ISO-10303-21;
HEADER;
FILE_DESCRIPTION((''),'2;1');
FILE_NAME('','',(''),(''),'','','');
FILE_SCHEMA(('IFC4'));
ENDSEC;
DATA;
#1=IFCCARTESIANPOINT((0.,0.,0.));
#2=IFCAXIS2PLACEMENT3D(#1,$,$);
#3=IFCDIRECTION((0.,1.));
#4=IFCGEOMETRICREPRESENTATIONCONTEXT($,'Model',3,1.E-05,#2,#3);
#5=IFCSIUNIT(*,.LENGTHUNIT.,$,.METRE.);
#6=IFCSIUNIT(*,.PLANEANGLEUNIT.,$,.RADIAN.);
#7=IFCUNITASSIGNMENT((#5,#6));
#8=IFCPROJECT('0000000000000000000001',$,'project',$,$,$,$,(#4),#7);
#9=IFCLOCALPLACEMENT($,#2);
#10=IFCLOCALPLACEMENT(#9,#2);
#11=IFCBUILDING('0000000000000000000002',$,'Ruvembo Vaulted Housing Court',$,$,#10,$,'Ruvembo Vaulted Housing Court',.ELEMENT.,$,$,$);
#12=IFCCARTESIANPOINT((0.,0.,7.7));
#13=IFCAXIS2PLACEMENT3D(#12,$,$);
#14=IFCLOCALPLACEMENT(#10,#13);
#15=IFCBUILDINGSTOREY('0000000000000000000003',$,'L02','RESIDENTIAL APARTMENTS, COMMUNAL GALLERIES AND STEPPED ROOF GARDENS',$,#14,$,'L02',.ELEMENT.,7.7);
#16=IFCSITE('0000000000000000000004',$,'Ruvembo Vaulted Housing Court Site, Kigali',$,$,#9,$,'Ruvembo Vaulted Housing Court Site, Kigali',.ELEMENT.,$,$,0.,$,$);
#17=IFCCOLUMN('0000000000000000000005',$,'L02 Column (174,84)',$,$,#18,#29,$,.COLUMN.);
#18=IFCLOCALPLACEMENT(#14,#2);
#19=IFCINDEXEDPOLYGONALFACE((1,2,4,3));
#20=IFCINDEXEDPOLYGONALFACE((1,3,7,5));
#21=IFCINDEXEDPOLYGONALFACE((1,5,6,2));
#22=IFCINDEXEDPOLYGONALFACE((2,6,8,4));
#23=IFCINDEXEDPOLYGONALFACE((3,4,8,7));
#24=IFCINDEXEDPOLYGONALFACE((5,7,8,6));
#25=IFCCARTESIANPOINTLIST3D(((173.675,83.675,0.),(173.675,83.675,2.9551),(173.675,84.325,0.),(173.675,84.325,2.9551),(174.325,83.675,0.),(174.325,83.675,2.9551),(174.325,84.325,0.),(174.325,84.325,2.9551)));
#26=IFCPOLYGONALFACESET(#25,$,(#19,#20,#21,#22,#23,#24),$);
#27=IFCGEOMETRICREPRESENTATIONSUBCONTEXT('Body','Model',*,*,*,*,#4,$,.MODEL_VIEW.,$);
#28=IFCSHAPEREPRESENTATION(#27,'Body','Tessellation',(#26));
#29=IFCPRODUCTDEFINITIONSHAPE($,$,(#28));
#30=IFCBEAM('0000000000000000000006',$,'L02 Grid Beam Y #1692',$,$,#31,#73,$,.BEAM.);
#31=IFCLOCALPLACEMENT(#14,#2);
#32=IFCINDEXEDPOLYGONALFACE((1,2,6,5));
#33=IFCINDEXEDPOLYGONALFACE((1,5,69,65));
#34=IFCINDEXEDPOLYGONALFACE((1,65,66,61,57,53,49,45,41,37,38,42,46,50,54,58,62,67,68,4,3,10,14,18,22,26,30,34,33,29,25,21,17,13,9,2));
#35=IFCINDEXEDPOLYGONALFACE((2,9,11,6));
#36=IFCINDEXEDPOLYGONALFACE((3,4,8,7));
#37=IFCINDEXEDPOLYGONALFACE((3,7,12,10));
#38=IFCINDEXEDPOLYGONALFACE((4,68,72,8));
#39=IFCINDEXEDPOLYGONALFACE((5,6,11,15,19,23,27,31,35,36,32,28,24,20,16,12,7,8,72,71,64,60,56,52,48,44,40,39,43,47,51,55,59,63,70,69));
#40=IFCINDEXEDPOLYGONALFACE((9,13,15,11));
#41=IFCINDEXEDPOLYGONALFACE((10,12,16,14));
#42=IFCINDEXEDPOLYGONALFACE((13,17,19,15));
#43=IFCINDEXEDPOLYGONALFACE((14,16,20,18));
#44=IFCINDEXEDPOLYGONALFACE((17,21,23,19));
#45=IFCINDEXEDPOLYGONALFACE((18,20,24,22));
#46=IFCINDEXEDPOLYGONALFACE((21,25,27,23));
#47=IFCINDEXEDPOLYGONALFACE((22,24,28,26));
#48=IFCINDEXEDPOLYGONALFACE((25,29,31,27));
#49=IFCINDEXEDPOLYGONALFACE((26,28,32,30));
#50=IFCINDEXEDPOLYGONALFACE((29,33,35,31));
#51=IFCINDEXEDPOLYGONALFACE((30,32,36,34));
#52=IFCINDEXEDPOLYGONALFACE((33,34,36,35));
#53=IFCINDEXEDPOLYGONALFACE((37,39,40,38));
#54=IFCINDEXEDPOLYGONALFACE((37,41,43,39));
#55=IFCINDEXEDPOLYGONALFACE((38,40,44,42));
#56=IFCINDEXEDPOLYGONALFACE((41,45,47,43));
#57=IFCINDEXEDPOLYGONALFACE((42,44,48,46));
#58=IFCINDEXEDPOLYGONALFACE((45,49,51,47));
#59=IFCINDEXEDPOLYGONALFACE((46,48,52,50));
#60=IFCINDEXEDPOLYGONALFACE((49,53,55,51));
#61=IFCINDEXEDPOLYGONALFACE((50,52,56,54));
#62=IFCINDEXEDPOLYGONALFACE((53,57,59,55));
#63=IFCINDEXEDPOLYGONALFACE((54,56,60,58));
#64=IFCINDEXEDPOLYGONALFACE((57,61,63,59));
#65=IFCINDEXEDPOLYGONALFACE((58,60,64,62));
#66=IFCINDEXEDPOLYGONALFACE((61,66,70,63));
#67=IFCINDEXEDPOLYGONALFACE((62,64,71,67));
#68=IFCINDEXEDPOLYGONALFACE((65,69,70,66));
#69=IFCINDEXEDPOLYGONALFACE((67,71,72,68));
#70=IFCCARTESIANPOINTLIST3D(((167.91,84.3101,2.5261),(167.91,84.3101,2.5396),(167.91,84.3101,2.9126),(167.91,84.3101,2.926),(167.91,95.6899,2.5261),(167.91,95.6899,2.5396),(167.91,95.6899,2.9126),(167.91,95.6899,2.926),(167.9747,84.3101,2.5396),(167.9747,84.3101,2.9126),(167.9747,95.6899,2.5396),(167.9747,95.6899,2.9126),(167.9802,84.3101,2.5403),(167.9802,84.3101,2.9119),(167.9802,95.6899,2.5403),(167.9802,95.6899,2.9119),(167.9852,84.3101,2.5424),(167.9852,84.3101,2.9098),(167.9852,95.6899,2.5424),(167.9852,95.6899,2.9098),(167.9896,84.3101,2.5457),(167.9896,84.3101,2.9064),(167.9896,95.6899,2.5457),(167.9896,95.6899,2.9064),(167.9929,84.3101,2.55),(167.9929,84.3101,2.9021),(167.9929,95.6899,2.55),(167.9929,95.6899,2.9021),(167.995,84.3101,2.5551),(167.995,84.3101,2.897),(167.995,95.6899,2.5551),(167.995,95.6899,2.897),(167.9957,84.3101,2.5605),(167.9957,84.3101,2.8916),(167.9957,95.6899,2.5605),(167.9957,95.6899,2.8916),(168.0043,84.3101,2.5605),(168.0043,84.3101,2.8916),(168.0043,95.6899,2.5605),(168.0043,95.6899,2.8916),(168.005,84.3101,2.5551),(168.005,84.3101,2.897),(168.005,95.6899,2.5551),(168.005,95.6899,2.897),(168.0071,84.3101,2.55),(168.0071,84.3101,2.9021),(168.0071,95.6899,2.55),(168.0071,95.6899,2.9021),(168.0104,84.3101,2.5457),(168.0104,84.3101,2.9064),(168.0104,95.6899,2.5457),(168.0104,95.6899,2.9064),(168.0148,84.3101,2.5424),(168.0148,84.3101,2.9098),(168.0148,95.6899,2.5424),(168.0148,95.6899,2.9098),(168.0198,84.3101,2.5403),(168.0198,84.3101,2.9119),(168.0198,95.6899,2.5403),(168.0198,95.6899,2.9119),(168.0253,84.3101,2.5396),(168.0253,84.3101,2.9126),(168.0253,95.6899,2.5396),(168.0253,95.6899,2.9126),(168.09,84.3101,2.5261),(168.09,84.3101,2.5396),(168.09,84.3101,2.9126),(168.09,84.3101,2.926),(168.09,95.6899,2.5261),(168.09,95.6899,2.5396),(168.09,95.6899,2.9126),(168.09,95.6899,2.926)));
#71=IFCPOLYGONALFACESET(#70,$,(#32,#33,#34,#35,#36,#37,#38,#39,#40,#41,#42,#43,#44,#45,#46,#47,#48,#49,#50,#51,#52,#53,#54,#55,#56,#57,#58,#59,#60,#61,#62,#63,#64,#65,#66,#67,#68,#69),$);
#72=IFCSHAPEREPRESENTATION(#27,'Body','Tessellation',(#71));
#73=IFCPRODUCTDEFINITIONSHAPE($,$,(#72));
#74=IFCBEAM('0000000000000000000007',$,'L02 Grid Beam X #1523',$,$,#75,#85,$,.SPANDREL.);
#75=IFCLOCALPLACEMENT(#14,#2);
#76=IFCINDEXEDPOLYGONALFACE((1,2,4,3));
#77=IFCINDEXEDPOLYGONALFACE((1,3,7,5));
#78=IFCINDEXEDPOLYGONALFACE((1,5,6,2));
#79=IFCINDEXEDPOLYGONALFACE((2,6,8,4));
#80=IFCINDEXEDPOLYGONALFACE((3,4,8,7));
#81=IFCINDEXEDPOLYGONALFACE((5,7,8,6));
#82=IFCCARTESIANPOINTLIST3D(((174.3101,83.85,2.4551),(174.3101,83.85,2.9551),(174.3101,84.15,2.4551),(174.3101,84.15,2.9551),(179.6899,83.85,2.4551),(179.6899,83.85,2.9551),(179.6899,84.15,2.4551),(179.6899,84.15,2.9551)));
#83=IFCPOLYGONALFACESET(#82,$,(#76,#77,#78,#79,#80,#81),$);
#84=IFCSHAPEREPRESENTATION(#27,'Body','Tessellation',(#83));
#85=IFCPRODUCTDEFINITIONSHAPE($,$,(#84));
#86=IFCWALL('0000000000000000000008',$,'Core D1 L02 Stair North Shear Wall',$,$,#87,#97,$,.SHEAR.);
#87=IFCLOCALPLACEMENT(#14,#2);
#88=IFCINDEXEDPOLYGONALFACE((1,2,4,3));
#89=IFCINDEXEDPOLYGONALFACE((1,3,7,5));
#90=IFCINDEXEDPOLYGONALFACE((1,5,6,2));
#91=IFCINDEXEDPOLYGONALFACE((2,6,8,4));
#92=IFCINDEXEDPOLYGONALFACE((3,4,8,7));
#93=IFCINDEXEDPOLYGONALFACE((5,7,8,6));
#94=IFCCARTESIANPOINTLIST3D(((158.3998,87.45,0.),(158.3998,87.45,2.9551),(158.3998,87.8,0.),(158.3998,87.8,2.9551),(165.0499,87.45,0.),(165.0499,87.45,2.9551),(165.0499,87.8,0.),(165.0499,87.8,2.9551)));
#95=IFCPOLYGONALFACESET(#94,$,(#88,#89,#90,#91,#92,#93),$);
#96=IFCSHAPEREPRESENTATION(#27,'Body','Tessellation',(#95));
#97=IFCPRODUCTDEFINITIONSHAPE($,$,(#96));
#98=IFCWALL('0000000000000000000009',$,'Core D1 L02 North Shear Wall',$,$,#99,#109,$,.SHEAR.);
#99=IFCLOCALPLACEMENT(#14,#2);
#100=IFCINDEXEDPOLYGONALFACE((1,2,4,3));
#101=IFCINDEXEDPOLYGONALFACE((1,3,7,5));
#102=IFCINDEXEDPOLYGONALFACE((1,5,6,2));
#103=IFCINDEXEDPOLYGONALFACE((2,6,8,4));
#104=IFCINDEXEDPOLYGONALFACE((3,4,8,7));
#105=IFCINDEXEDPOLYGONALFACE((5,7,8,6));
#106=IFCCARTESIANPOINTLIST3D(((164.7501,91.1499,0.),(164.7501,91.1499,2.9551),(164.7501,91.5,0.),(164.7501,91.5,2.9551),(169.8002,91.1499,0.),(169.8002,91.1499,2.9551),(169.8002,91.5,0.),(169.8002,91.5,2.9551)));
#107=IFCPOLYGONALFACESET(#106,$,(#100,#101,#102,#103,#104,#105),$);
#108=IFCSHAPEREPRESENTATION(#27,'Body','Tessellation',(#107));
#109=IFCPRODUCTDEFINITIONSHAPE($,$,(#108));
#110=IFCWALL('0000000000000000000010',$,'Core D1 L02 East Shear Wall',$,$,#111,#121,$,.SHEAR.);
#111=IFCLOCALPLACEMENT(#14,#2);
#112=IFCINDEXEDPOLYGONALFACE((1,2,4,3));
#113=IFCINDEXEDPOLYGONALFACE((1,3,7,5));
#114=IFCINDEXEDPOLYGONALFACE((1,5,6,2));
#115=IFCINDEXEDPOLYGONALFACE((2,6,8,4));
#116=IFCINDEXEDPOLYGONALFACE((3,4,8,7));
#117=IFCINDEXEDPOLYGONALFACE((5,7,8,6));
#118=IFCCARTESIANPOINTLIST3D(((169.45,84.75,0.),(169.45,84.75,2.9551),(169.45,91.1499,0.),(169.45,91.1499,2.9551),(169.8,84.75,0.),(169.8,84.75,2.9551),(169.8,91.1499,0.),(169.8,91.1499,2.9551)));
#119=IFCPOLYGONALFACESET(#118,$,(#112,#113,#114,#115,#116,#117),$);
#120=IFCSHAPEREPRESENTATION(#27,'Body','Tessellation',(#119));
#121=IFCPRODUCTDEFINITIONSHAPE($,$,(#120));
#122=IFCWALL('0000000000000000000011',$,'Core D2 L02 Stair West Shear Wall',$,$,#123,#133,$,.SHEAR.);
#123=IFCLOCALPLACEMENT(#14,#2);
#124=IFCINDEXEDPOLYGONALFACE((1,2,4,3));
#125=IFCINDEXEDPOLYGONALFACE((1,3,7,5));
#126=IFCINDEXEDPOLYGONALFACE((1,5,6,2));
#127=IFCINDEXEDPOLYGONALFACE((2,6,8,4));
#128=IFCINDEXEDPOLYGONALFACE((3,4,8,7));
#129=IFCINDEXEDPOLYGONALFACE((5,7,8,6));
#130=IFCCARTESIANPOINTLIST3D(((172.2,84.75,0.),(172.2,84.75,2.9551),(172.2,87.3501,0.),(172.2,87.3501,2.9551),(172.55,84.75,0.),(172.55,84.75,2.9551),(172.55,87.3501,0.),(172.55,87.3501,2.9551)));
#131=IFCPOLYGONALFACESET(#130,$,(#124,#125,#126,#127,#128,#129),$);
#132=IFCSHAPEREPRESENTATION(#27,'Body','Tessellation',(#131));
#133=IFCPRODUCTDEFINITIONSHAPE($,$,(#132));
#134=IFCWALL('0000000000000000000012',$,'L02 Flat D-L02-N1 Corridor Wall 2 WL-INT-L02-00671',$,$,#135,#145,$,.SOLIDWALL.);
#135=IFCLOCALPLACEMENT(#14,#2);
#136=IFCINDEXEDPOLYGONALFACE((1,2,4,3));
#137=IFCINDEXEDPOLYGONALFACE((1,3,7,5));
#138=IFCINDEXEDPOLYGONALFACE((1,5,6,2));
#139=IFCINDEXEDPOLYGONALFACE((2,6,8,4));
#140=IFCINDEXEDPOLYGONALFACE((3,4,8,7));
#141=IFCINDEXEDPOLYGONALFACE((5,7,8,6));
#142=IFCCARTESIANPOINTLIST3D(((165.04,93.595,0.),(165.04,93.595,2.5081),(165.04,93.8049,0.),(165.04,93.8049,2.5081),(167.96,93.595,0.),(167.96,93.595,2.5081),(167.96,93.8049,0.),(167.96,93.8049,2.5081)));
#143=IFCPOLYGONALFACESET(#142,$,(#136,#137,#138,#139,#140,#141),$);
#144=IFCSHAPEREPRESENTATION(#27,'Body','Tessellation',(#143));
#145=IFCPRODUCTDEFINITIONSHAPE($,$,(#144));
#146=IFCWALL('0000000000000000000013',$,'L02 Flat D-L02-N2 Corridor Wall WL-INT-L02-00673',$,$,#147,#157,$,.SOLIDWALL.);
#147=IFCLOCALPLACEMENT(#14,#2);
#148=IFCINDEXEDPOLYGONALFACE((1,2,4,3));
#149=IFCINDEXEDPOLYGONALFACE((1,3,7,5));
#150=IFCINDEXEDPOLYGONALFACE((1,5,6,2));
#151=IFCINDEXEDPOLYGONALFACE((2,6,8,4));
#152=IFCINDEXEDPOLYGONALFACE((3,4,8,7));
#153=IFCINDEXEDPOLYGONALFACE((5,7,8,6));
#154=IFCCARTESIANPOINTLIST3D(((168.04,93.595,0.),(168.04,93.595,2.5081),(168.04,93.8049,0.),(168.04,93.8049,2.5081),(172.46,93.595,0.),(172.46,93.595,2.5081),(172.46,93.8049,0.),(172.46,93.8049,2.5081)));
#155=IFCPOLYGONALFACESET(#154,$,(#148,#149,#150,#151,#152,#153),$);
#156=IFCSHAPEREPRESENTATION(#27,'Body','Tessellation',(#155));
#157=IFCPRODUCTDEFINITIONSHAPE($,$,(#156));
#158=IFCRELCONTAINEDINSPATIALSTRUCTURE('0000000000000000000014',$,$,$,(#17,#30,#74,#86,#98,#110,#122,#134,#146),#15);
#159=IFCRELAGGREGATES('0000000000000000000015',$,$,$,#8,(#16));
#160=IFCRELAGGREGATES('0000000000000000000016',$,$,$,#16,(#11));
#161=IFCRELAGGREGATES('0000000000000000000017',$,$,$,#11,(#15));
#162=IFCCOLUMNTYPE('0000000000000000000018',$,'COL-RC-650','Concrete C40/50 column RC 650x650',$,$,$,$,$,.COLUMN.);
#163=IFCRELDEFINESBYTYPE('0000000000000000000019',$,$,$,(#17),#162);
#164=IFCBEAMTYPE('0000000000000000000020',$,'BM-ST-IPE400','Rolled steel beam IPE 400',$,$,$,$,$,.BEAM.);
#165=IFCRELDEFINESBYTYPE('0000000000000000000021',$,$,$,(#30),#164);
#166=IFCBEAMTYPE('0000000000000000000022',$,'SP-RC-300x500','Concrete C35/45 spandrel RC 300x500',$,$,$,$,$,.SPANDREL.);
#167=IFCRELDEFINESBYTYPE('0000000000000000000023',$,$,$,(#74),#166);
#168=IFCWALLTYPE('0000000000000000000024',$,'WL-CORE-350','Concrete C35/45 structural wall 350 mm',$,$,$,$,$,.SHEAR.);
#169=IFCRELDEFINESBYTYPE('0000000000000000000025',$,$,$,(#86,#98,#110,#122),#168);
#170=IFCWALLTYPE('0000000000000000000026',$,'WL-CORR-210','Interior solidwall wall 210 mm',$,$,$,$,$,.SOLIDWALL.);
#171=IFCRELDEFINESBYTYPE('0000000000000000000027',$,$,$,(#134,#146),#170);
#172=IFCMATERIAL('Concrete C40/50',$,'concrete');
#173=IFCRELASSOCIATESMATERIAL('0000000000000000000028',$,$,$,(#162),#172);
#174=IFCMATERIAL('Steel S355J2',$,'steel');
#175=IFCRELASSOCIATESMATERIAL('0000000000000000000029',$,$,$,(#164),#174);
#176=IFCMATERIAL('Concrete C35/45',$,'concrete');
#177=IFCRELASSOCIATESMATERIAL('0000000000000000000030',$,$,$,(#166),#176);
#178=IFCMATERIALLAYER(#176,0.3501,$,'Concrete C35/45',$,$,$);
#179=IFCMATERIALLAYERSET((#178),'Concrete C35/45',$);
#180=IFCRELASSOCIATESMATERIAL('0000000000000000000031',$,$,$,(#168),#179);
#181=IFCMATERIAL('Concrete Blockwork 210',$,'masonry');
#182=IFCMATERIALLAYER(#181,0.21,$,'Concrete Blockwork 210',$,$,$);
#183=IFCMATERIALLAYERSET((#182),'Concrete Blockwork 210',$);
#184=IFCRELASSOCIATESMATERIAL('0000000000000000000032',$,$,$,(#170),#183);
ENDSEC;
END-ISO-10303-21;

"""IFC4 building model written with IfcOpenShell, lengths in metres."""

from ifc_helpers import new_model, si_unit, direction, frame, frame_2d, origin, origin_2d, place, context, subcontext, project, spatial, rectangle, i_section, extrude, material, layer, layer_set, material_profile, profile_set, type_object, element, save


model = new_model("IFC4")

# Units and contexts
model_context = context("Model", 3, precision=1e-05, world=origin(), true_north=direction((0.0, 1.0)))
body_context = subcontext(model_context, "Body", "Model", "MODEL_VIEW")
ifc_project = project(units=[si_unit("LENGTHUNIT", "METRE"), si_unit("PLANEANGLEUNIT", "RADIAN")], contexts=[model_context])

# Site, building, storey
site_placement = place(None, origin())
site = spatial("IfcSite", under=ifc_project, at=site_placement, Name="Ruvembo Vaulted Housing Court Site, Kigali", LongName="Ruvembo Vaulted Housing Court Site, Kigali", CompositionType="ELEMENT", RefElevation=0.0)
building_placement = place(site_placement, origin())
building = spatial("IfcBuilding", under=site, at=building_placement, Name="Ruvembo Vaulted Housing Court", LongName="Ruvembo Vaulted Housing Court", CompositionType="ELEMENT")
storey_placement = place(building_placement, frame((0.0, 0.0, 7.7)))
storey = spatial("IfcBuildingStorey", under=building, at=storey_placement, Name="L02", Description="RESIDENTIAL APARTMENTS, COMMUNAL GALLERIES AND STEPPED ROOF GARDENS", LongName="L02", CompositionType="ELEMENT", Elevation=7.7)

# Column
ifc_material_1 = material(Name="Concrete C40/50", Category="concrete")
ifc_material_profile_1 = material_profile(ifc_material_1, rectangle(XDim=0.6499, YDim=0.6499, at=origin_2d()), Name="RC 650x650")
ifc_profile_set_1 = profile_set([ifc_material_profile_1], Name="Concrete C40/50")
column_type = type_object("IfcColumnType", Name="COL-RC-650", Description="Concrete C40/50 column RC 650x650", PredefinedType="COLUMN", material=ifc_profile_set_1)
column_placement = place(storey_placement, frame((174.0, 84.0, 0.0), z_axis=(0.0, 0.0, 1.0), x_axis=(1.0, 0.0, 0.0)))
element("IfcColumn", 1, at=column_placement, inside=storey, type_object=column_type, Name="L02 Column (174,84)", PredefinedType="COLUMN", context=body_context, shape_type="SweptSolid", body=[
    extrude(rectangle(XDim=0.6499, YDim=0.6499, at=origin_2d()), origin(), (0.0, 0.0, 1.0), 2.9551),
])

# Beams
ifc_material_2 = material(Name="Steel S355J2", Category="steel")
ifc_material_profile_2 = material_profile(ifc_material_2, i_section(OverallWidth=0.1799, OverallDepth=0.3999, WebThickness=0.0085, FlangeThickness=0.0134, FilletRadius=0.021, at=origin_2d()), Name="IPE 400")
ifc_profile_set_2 = profile_set([ifc_material_profile_2], Name="Steel S355J2")
beam_type_1 = type_object("IfcBeamType", Name="BM-ST-IPE400", Description="Rolled steel beam IPE 400", PredefinedType="BEAM", material=ifc_profile_set_2)
beam_1_placement = place(storey_placement, frame((168.0, 84.3101, 2.7261), z_axis=(0.0, 1.0, 0.0), x_axis=(-1.0, 0.0, 0.0)))
element("IfcBeam", 2, at=beam_1_placement, inside=storey, type_object=beam_type_1, Name="L02 Grid Beam Y #1692", PredefinedType="BEAM", context=body_context, shape_type="SweptSolid", body=[
    extrude(i_section(OverallWidth=0.1799, OverallDepth=0.3999, WebThickness=0.0085, FlangeThickness=0.0134, FilletRadius=0.021, at=origin_2d()), origin(), (0.0, 0.0, 1.0), 11.3799),
])
ifc_material_3 = material(Name="Concrete C35/45", Category="concrete")
ifc_material_profile_3 = material_profile(ifc_material_3, rectangle(XDim=0.3, YDim=0.5, at=origin_2d()), Name="RC 300x500")
ifc_profile_set_3 = profile_set([ifc_material_profile_3], Name="Concrete C35/45")
beam_type_2 = type_object("IfcBeamType", Name="SP-RC-300x500", Description="Concrete C35/45 spandrel RC 300x500", PredefinedType="SPANDREL", material=ifc_profile_set_3)
beam_2_placement = place(storey_placement, frame((174.3101, 84.0, 2.7051), z_axis=(1.0, 0.0, 0.0), x_axis=(0.0, 1.0, 0.0)))
element("IfcBeam", 3, at=beam_2_placement, inside=storey, type_object=beam_type_2, Name="L02 Grid Beam X #1523", PredefinedType="SPANDREL", context=body_context, shape_type="SweptSolid", body=[
    extrude(rectangle(XDim=0.3, YDim=0.5, at=origin_2d()), origin(), (0.0, 0.0, 1.0), 5.3799),
])

# Walls
ifc_layer_1 = layer(ifc_material_3, 0.3501, Name="Concrete C35/45")
ifc_layer_set_1 = layer_set([ifc_layer_1], Name="Concrete C35/45")
wall_type_1 = type_object("IfcWallType", Name="WL-CORE-350", Description="Concrete C35/45 structural wall 350 mm", PredefinedType="SHEAR", material=ifc_layer_set_1)
wall_1_placement = place(storey_placement, frame((165.05, 87.625, 0.0), z_axis=(0.0, 0.0, 1.0), x_axis=(-1.0, 0.0, 0.0)))
element("IfcWall", 4, at=wall_1_placement, inside=storey, type_object=wall_type_1, Name="Core D1 L02 Stair North Shear Wall", PredefinedType="SHEAR", context=body_context, shape_type="SweptSolid", body=[
    extrude(rectangle(XDim=6.6501, YDim=0.3501, at=frame_2d((3.3252, 0.0))), origin(), (0.0, 0.0, 1.0), 2.9551),
])
wall_2_placement = place(storey_placement, frame((169.8, 91.325, 0.0), z_axis=(0.0, 0.0, 1.0), x_axis=(-1.0, 0.0, 0.0)))
element("IfcWall", 5, at=wall_2_placement, inside=storey, type_object=wall_type_1, Name="Core D1 L02 North Shear Wall", PredefinedType="SHEAR", context=body_context, shape_type="SweptSolid", body=[
    extrude(rectangle(XDim=5.05, YDim=0.3501, at=frame_2d((2.5249, 0.0))), origin(), (0.0, 0.0, 1.0), 2.9551),
])
wall_3_placement = place(storey_placement, frame((169.625, 84.75, 0.0), z_axis=(0.0, 0.0, 1.0), x_axis=(0.0, 1.0, 0.0)))
element("IfcWall", 6, at=wall_3_placement, inside=storey, type_object=wall_type_1, Name="Core D1 L02 East Shear Wall", PredefinedType="SHEAR", context=body_context, shape_type="SweptSolid", body=[
    extrude(rectangle(XDim=6.3999, YDim=0.3501, at=frame_2d((3.2, 0.0))), origin(), (0.0, 0.0, 1.0), 2.9551),
])

# Walls
wall_4_placement = place(storey_placement, frame((172.375, 87.3501, 0.0), z_axis=(0.0, 0.0, 1.0), x_axis=(0.0, -1.0, 0.0)))
element("IfcWall", 7, at=wall_4_placement, inside=storey, type_object=wall_type_1, Name="Core D2 L02 Stair West Shear Wall", PredefinedType="SHEAR", context=body_context, shape_type="SweptSolid", body=[
    extrude(rectangle(XDim=2.6001, YDim=0.3501, at=frame_2d((1.3, 0.0))), origin(), (0.0, 0.0, 1.0), 2.9551),
])
ifc_material_4 = material(Name="Concrete Blockwork 210", Category="masonry")
ifc_layer_2 = layer(ifc_material_4, 0.21, Name="Concrete Blockwork 210")
ifc_layer_set_2 = layer_set([ifc_layer_2], Name="Concrete Blockwork 210")
wall_type_2 = type_object("IfcWallType", Name="WL-CORR-210", Description="Interior solidwall wall 210 mm", PredefinedType="SOLIDWALL", material=ifc_layer_set_2)
wall_5_placement = place(storey_placement, frame((165.04, 93.7, 0.0), z_axis=(0.0, 0.0, 1.0), x_axis=(1.0, 0.0, 0.0)))
element("IfcWall", 8, at=wall_5_placement, inside=storey, type_object=wall_type_2, Name="L02 Flat D-L02-N1 Corridor Wall 2 WL-INT-L02-00671", PredefinedType="SOLIDWALL", context=body_context, shape_type="SweptSolid", body=[
    extrude(rectangle(XDim=2.9199, YDim=0.21, at=frame_2d((1.46, 0.0))), origin(), (0.0, 0.0, 1.0), 2.5081),
])
wall_6_placement = place(storey_placement, frame((168.04, 93.7, 0.0), z_axis=(0.0, 0.0, 1.0), x_axis=(1.0, 0.0, 0.0)))
element("IfcWall", 9, at=wall_6_placement, inside=storey, type_object=wall_type_2, Name="L02 Flat D-L02-N2 Corridor Wall WL-INT-L02-00673", PredefinedType="SOLIDWALL", context=body_context, shape_type="SweptSolid", body=[
    extrude(rectangle(XDim=4.4199, YDim=0.21, at=frame_2d((2.21, 0.0))), origin(), (0.0, 0.0, 1.0), 2.5081),
])

save(model, "model.ifc")
